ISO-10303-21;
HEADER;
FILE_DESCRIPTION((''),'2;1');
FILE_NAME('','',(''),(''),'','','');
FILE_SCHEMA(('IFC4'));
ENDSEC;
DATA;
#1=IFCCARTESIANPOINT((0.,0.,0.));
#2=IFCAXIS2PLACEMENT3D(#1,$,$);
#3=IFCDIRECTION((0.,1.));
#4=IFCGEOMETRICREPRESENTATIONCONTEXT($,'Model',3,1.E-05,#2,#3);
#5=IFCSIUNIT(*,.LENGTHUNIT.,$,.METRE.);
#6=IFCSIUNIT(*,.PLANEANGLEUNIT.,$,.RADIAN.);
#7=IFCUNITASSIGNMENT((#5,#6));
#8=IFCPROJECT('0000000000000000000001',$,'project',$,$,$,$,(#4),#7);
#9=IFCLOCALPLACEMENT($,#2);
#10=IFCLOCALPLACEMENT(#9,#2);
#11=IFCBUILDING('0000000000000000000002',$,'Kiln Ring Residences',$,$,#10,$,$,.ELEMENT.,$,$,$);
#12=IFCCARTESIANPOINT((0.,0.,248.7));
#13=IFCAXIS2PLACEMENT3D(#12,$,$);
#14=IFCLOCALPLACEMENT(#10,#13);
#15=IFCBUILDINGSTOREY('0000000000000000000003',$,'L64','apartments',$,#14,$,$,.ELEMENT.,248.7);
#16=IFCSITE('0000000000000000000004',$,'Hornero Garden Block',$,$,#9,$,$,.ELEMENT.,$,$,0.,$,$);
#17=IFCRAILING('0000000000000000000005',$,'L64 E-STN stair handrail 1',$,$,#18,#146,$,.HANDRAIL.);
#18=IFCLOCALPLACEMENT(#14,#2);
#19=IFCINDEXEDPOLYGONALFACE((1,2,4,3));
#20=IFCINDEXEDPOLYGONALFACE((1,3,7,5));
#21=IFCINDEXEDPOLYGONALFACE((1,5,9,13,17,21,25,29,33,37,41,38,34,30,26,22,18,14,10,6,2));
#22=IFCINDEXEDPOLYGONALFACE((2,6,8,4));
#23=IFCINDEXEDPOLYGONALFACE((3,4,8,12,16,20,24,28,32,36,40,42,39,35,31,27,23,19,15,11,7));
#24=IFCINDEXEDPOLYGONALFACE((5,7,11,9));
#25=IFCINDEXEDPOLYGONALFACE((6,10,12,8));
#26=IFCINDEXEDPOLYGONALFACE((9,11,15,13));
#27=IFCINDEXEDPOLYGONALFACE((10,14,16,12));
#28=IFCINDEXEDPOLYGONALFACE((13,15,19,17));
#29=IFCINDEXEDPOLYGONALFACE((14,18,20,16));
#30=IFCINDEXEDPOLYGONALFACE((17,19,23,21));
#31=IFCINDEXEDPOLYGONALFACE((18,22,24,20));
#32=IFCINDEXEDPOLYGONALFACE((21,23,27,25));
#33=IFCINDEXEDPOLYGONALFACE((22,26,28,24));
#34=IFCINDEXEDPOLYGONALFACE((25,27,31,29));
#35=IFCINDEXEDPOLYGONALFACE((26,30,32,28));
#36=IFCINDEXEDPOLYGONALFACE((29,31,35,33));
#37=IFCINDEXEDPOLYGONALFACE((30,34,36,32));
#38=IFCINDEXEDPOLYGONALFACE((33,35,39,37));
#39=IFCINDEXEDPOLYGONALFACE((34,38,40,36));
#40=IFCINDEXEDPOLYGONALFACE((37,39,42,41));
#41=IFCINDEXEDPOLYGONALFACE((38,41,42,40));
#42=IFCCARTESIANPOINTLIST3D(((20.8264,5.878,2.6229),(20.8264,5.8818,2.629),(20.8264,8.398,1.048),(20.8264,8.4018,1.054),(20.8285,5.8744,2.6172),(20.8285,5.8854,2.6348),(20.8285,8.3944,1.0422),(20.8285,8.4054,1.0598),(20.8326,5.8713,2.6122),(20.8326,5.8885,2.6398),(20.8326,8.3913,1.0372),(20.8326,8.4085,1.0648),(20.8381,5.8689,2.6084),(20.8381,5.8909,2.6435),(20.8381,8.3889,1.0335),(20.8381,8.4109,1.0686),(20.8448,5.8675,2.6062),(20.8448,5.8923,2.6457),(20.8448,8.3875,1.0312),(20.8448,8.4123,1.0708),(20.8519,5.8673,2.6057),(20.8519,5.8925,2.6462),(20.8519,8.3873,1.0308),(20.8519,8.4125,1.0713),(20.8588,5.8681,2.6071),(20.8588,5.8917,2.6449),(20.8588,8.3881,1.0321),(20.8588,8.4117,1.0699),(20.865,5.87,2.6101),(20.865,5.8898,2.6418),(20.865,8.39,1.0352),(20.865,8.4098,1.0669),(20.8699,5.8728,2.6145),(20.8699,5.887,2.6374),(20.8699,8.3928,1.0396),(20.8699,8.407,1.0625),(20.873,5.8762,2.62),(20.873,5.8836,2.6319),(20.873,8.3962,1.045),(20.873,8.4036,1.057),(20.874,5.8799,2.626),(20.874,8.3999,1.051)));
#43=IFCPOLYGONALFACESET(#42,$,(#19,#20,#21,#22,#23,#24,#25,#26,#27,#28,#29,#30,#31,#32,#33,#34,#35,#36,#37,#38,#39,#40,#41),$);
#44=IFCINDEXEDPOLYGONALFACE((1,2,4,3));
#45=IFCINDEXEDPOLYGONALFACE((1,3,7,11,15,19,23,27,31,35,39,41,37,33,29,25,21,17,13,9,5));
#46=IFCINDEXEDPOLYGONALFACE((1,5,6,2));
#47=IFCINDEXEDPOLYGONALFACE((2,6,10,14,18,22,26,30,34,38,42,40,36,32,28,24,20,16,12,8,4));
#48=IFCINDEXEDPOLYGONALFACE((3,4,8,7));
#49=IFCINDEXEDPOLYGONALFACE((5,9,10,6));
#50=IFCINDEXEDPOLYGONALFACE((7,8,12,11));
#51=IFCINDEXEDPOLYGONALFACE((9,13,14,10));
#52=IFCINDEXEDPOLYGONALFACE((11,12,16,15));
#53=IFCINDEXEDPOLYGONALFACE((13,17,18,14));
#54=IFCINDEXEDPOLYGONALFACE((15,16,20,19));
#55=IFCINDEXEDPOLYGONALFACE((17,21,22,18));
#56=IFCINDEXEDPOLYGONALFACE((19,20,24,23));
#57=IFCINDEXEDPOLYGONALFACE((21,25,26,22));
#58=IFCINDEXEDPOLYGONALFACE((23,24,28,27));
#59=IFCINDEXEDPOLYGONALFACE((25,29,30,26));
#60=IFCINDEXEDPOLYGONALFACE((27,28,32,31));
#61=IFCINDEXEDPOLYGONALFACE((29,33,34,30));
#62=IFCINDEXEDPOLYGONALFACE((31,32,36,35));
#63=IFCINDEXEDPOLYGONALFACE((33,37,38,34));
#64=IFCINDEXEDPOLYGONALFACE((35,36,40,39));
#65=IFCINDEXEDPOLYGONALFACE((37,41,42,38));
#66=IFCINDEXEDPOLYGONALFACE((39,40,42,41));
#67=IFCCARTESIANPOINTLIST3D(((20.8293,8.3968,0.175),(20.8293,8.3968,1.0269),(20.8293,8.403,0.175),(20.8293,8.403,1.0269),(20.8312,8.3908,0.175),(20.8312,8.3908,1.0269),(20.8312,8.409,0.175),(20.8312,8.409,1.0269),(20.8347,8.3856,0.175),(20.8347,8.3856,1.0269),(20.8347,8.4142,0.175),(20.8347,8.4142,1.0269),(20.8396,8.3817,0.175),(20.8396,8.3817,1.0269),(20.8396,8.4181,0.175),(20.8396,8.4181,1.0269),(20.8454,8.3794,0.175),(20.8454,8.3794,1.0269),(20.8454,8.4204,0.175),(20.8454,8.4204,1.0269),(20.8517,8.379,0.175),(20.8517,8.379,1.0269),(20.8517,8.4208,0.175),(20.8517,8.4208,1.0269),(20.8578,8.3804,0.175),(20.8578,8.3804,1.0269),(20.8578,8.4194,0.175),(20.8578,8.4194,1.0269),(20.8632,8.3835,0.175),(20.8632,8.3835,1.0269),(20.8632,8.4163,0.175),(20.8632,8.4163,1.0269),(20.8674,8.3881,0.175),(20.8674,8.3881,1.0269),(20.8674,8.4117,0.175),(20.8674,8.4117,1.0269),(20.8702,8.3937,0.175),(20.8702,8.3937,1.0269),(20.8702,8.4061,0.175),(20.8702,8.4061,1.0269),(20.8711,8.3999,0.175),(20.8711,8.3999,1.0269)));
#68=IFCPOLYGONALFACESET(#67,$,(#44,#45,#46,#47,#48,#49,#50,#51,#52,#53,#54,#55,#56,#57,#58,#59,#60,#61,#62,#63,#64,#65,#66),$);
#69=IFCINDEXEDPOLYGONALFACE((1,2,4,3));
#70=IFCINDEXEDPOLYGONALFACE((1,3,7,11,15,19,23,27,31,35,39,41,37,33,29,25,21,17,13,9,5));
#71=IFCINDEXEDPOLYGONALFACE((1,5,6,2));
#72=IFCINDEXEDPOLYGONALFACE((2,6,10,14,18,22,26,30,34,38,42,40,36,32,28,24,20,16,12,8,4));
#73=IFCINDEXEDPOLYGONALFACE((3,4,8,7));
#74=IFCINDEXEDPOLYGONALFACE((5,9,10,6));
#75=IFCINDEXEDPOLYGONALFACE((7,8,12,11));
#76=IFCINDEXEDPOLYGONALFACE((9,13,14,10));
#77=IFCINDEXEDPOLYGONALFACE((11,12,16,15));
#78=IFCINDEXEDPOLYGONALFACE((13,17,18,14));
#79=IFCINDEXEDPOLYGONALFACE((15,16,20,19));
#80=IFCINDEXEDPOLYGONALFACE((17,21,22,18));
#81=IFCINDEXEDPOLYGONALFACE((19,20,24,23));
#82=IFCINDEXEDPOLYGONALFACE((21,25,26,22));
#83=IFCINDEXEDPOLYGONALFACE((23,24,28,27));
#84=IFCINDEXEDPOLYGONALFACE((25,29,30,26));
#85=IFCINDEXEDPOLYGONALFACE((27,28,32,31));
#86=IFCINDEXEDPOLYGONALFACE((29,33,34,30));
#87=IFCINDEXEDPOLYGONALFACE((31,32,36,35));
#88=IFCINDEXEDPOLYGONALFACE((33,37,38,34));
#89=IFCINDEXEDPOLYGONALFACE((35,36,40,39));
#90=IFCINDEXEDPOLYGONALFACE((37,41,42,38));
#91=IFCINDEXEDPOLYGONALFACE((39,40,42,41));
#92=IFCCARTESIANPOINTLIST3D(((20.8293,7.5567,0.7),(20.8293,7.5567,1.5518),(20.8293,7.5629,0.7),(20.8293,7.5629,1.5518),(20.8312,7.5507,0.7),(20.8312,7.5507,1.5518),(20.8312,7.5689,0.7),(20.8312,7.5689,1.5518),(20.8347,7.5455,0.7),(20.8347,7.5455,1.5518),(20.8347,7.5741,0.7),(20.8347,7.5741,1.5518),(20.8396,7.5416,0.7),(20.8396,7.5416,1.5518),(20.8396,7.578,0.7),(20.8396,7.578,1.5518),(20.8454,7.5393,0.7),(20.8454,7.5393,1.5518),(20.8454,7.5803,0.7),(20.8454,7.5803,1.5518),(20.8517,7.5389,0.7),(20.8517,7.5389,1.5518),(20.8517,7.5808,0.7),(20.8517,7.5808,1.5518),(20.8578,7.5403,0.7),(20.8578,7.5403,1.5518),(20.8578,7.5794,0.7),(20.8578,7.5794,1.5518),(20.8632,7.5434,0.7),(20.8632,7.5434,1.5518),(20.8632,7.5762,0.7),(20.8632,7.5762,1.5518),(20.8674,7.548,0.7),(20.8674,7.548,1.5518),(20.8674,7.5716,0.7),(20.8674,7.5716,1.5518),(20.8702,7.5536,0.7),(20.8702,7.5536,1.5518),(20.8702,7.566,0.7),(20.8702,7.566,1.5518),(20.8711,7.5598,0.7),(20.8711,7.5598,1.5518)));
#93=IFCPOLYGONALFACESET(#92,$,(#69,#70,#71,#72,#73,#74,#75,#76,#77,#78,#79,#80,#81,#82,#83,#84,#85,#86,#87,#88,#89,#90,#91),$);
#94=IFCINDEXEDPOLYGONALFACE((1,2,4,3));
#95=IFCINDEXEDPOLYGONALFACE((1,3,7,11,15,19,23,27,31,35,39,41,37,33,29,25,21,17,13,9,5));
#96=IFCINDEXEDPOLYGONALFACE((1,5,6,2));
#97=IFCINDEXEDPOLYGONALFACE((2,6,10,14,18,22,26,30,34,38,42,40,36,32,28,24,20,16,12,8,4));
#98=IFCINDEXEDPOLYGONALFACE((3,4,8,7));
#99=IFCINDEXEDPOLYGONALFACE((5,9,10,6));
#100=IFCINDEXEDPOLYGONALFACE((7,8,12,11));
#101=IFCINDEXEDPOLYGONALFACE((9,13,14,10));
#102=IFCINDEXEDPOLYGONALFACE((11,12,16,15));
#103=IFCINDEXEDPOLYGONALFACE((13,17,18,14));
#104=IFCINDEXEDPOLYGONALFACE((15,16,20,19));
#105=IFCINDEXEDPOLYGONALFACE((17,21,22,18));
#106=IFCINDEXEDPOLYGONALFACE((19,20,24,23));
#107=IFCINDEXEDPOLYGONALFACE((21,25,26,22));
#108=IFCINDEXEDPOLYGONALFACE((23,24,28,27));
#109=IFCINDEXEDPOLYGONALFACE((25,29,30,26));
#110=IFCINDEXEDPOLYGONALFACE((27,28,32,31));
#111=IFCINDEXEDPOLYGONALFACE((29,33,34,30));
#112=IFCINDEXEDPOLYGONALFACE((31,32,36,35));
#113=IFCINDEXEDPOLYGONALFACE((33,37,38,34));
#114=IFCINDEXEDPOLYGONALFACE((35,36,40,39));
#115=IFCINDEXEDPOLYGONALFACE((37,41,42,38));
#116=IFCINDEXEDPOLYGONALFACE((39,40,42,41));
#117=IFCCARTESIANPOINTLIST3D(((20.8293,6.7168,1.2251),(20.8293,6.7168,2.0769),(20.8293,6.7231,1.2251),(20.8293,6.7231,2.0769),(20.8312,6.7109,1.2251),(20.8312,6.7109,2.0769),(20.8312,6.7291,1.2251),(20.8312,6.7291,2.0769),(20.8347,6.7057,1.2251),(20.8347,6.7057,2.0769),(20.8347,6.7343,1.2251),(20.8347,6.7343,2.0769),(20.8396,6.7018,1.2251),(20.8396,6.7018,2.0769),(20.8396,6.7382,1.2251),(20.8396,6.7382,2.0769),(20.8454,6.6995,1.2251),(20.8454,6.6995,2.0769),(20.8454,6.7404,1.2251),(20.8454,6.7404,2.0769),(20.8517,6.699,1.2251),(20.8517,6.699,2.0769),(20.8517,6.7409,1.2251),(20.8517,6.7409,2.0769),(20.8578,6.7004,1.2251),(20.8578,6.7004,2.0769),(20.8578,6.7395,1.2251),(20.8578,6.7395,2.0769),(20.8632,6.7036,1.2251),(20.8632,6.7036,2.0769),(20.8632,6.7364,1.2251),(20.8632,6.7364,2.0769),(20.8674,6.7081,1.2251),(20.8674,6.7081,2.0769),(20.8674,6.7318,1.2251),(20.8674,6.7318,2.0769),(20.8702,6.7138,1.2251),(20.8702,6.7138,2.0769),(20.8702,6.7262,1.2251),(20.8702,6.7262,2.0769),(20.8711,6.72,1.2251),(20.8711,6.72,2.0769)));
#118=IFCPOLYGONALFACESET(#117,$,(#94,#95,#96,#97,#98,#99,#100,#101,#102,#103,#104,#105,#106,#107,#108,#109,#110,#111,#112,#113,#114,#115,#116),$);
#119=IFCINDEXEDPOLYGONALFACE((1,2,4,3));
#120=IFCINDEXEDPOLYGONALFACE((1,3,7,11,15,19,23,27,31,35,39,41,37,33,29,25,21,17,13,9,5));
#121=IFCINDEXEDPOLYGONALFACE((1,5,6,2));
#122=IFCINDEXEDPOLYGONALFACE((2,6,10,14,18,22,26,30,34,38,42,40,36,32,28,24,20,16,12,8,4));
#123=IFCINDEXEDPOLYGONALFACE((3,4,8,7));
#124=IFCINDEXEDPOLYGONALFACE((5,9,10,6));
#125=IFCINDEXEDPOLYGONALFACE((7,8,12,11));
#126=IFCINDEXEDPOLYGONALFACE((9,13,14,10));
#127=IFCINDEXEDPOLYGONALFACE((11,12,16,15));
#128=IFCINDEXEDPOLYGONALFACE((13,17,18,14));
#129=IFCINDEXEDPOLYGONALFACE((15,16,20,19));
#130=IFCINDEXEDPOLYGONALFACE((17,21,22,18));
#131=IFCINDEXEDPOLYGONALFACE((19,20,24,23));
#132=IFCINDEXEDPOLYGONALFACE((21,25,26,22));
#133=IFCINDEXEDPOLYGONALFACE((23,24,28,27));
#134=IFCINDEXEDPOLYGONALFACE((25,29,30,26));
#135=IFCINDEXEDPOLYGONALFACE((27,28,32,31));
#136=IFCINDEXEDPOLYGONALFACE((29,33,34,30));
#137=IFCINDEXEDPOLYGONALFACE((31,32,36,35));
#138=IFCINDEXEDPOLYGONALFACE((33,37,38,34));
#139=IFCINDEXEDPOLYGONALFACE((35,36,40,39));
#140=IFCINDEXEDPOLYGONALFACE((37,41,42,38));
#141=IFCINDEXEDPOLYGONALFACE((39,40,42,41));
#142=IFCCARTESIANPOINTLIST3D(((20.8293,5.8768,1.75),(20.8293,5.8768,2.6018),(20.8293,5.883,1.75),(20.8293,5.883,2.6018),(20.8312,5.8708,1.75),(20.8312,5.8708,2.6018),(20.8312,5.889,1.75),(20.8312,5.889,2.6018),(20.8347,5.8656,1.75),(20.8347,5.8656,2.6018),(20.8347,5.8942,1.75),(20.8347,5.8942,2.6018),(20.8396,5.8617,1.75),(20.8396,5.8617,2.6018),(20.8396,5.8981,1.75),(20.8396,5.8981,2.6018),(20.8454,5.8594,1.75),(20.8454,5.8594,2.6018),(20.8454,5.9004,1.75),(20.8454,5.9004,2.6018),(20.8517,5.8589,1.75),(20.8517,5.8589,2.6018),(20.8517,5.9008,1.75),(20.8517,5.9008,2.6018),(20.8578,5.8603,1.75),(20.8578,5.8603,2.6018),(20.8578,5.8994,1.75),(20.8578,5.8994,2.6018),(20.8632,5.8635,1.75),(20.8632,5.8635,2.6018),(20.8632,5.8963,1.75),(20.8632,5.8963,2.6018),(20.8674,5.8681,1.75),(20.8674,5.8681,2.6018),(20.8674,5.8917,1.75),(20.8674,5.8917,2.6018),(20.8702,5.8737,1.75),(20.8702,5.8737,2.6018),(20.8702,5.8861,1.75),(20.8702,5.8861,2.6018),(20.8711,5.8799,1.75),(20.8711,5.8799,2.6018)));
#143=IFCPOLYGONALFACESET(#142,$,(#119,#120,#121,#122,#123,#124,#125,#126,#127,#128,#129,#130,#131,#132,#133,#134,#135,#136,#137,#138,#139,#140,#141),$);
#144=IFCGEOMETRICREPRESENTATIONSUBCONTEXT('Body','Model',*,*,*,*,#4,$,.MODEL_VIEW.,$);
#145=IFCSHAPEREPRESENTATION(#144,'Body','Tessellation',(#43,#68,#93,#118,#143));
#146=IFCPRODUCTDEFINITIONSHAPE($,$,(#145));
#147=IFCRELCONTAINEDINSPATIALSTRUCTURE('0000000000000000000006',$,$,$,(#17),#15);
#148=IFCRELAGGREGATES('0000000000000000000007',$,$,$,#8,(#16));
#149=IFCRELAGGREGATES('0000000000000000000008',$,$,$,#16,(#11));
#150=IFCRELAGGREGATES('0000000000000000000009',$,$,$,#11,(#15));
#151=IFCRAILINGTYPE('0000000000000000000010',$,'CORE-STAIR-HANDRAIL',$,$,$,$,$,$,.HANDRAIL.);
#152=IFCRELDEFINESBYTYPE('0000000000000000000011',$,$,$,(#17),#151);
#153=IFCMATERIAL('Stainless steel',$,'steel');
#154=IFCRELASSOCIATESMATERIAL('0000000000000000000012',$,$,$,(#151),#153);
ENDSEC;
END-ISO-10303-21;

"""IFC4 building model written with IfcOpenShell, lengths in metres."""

from ifc_helpers import new_model, si_unit, direction, frame, origin, origin_2d, place, context, subcontext, project, spatial, circle, extrude, material, type_object, element, save


model = new_model("IFC4")

# Units and contexts
model_context = context("Model", 3, precision=1e-05, world=origin(), true_north=direction((0.0, 1.0)))
body_context = subcontext(model_context, "Body", "Model", "MODEL_VIEW")
ifc_project = project(units=[si_unit("LENGTHUNIT", "METRE"), si_unit("PLANEANGLEUNIT", "RADIAN")], contexts=[model_context])

# Site, building, storey
site_placement = place(None, origin())
site = spatial("IfcSite", under=ifc_project, at=site_placement, Name="Hornero Garden Block", CompositionType="ELEMENT", RefElevation=0.0)
building_placement = place(site_placement, origin())
building = spatial("IfcBuilding", under=site, at=building_placement, Name="Kiln Ring Residences", CompositionType="ELEMENT")
storey_placement = place(building_placement, frame((0.0, 0.0, 248.7)))
storey = spatial("IfcBuildingStorey", under=building, at=storey_placement, Name="L64", Description="apartments", CompositionType="ELEMENT", Elevation=248.7)

# Railing
ifc_material_1 = material(Name="Stainless steel", Category="steel")
railing_type_1 = type_object("IfcRailingType", Name="CORE-STAIR-HANDRAIL", PredefinedType="HANDRAIL", material=ifc_material_1)
railing_1_placement = place(storey_placement, frame((20.8501, 8.3999, 0.175)))
element("IfcRailing", 1, at=railing_1_placement, inside=storey, type_object=railing_type_1, Name="L64 E-STN stair handrail 1", PredefinedType="HANDRAIL", context=body_context, shape_type="SweptSolid", body=[
    extrude(circle(Radius=0.0239, at=origin_2d()), frame((0.0, 0.0, 0.876), z_axis=(0.0, -0.848008, 0.529984), x_axis=(1.0, 0.0, 0.0)), (0.0, 0.0, 1.0), 2.9717),
    extrude(circle(Radius=0.021, at=origin_2d()), origin(), (0.0, 0.0, 1.0), 0.8518),
    extrude(circle(Radius=0.021, at=origin_2d()), frame((0.0, -0.8401, 0.5249)), (0.0, 0.0, 1.0), 0.8518),
    extrude(circle(Radius=0.021, at=origin_2d()), frame((0.0, -1.6799, 1.05)), (0.0, 0.0, 1.0), 0.8518),
    extrude(circle(Radius=0.021, at=origin_2d()), frame((0.0, -2.52, 1.575)), (0.0, 0.0, 1.0), 0.8518),
])

save(model, "model.ifc")
